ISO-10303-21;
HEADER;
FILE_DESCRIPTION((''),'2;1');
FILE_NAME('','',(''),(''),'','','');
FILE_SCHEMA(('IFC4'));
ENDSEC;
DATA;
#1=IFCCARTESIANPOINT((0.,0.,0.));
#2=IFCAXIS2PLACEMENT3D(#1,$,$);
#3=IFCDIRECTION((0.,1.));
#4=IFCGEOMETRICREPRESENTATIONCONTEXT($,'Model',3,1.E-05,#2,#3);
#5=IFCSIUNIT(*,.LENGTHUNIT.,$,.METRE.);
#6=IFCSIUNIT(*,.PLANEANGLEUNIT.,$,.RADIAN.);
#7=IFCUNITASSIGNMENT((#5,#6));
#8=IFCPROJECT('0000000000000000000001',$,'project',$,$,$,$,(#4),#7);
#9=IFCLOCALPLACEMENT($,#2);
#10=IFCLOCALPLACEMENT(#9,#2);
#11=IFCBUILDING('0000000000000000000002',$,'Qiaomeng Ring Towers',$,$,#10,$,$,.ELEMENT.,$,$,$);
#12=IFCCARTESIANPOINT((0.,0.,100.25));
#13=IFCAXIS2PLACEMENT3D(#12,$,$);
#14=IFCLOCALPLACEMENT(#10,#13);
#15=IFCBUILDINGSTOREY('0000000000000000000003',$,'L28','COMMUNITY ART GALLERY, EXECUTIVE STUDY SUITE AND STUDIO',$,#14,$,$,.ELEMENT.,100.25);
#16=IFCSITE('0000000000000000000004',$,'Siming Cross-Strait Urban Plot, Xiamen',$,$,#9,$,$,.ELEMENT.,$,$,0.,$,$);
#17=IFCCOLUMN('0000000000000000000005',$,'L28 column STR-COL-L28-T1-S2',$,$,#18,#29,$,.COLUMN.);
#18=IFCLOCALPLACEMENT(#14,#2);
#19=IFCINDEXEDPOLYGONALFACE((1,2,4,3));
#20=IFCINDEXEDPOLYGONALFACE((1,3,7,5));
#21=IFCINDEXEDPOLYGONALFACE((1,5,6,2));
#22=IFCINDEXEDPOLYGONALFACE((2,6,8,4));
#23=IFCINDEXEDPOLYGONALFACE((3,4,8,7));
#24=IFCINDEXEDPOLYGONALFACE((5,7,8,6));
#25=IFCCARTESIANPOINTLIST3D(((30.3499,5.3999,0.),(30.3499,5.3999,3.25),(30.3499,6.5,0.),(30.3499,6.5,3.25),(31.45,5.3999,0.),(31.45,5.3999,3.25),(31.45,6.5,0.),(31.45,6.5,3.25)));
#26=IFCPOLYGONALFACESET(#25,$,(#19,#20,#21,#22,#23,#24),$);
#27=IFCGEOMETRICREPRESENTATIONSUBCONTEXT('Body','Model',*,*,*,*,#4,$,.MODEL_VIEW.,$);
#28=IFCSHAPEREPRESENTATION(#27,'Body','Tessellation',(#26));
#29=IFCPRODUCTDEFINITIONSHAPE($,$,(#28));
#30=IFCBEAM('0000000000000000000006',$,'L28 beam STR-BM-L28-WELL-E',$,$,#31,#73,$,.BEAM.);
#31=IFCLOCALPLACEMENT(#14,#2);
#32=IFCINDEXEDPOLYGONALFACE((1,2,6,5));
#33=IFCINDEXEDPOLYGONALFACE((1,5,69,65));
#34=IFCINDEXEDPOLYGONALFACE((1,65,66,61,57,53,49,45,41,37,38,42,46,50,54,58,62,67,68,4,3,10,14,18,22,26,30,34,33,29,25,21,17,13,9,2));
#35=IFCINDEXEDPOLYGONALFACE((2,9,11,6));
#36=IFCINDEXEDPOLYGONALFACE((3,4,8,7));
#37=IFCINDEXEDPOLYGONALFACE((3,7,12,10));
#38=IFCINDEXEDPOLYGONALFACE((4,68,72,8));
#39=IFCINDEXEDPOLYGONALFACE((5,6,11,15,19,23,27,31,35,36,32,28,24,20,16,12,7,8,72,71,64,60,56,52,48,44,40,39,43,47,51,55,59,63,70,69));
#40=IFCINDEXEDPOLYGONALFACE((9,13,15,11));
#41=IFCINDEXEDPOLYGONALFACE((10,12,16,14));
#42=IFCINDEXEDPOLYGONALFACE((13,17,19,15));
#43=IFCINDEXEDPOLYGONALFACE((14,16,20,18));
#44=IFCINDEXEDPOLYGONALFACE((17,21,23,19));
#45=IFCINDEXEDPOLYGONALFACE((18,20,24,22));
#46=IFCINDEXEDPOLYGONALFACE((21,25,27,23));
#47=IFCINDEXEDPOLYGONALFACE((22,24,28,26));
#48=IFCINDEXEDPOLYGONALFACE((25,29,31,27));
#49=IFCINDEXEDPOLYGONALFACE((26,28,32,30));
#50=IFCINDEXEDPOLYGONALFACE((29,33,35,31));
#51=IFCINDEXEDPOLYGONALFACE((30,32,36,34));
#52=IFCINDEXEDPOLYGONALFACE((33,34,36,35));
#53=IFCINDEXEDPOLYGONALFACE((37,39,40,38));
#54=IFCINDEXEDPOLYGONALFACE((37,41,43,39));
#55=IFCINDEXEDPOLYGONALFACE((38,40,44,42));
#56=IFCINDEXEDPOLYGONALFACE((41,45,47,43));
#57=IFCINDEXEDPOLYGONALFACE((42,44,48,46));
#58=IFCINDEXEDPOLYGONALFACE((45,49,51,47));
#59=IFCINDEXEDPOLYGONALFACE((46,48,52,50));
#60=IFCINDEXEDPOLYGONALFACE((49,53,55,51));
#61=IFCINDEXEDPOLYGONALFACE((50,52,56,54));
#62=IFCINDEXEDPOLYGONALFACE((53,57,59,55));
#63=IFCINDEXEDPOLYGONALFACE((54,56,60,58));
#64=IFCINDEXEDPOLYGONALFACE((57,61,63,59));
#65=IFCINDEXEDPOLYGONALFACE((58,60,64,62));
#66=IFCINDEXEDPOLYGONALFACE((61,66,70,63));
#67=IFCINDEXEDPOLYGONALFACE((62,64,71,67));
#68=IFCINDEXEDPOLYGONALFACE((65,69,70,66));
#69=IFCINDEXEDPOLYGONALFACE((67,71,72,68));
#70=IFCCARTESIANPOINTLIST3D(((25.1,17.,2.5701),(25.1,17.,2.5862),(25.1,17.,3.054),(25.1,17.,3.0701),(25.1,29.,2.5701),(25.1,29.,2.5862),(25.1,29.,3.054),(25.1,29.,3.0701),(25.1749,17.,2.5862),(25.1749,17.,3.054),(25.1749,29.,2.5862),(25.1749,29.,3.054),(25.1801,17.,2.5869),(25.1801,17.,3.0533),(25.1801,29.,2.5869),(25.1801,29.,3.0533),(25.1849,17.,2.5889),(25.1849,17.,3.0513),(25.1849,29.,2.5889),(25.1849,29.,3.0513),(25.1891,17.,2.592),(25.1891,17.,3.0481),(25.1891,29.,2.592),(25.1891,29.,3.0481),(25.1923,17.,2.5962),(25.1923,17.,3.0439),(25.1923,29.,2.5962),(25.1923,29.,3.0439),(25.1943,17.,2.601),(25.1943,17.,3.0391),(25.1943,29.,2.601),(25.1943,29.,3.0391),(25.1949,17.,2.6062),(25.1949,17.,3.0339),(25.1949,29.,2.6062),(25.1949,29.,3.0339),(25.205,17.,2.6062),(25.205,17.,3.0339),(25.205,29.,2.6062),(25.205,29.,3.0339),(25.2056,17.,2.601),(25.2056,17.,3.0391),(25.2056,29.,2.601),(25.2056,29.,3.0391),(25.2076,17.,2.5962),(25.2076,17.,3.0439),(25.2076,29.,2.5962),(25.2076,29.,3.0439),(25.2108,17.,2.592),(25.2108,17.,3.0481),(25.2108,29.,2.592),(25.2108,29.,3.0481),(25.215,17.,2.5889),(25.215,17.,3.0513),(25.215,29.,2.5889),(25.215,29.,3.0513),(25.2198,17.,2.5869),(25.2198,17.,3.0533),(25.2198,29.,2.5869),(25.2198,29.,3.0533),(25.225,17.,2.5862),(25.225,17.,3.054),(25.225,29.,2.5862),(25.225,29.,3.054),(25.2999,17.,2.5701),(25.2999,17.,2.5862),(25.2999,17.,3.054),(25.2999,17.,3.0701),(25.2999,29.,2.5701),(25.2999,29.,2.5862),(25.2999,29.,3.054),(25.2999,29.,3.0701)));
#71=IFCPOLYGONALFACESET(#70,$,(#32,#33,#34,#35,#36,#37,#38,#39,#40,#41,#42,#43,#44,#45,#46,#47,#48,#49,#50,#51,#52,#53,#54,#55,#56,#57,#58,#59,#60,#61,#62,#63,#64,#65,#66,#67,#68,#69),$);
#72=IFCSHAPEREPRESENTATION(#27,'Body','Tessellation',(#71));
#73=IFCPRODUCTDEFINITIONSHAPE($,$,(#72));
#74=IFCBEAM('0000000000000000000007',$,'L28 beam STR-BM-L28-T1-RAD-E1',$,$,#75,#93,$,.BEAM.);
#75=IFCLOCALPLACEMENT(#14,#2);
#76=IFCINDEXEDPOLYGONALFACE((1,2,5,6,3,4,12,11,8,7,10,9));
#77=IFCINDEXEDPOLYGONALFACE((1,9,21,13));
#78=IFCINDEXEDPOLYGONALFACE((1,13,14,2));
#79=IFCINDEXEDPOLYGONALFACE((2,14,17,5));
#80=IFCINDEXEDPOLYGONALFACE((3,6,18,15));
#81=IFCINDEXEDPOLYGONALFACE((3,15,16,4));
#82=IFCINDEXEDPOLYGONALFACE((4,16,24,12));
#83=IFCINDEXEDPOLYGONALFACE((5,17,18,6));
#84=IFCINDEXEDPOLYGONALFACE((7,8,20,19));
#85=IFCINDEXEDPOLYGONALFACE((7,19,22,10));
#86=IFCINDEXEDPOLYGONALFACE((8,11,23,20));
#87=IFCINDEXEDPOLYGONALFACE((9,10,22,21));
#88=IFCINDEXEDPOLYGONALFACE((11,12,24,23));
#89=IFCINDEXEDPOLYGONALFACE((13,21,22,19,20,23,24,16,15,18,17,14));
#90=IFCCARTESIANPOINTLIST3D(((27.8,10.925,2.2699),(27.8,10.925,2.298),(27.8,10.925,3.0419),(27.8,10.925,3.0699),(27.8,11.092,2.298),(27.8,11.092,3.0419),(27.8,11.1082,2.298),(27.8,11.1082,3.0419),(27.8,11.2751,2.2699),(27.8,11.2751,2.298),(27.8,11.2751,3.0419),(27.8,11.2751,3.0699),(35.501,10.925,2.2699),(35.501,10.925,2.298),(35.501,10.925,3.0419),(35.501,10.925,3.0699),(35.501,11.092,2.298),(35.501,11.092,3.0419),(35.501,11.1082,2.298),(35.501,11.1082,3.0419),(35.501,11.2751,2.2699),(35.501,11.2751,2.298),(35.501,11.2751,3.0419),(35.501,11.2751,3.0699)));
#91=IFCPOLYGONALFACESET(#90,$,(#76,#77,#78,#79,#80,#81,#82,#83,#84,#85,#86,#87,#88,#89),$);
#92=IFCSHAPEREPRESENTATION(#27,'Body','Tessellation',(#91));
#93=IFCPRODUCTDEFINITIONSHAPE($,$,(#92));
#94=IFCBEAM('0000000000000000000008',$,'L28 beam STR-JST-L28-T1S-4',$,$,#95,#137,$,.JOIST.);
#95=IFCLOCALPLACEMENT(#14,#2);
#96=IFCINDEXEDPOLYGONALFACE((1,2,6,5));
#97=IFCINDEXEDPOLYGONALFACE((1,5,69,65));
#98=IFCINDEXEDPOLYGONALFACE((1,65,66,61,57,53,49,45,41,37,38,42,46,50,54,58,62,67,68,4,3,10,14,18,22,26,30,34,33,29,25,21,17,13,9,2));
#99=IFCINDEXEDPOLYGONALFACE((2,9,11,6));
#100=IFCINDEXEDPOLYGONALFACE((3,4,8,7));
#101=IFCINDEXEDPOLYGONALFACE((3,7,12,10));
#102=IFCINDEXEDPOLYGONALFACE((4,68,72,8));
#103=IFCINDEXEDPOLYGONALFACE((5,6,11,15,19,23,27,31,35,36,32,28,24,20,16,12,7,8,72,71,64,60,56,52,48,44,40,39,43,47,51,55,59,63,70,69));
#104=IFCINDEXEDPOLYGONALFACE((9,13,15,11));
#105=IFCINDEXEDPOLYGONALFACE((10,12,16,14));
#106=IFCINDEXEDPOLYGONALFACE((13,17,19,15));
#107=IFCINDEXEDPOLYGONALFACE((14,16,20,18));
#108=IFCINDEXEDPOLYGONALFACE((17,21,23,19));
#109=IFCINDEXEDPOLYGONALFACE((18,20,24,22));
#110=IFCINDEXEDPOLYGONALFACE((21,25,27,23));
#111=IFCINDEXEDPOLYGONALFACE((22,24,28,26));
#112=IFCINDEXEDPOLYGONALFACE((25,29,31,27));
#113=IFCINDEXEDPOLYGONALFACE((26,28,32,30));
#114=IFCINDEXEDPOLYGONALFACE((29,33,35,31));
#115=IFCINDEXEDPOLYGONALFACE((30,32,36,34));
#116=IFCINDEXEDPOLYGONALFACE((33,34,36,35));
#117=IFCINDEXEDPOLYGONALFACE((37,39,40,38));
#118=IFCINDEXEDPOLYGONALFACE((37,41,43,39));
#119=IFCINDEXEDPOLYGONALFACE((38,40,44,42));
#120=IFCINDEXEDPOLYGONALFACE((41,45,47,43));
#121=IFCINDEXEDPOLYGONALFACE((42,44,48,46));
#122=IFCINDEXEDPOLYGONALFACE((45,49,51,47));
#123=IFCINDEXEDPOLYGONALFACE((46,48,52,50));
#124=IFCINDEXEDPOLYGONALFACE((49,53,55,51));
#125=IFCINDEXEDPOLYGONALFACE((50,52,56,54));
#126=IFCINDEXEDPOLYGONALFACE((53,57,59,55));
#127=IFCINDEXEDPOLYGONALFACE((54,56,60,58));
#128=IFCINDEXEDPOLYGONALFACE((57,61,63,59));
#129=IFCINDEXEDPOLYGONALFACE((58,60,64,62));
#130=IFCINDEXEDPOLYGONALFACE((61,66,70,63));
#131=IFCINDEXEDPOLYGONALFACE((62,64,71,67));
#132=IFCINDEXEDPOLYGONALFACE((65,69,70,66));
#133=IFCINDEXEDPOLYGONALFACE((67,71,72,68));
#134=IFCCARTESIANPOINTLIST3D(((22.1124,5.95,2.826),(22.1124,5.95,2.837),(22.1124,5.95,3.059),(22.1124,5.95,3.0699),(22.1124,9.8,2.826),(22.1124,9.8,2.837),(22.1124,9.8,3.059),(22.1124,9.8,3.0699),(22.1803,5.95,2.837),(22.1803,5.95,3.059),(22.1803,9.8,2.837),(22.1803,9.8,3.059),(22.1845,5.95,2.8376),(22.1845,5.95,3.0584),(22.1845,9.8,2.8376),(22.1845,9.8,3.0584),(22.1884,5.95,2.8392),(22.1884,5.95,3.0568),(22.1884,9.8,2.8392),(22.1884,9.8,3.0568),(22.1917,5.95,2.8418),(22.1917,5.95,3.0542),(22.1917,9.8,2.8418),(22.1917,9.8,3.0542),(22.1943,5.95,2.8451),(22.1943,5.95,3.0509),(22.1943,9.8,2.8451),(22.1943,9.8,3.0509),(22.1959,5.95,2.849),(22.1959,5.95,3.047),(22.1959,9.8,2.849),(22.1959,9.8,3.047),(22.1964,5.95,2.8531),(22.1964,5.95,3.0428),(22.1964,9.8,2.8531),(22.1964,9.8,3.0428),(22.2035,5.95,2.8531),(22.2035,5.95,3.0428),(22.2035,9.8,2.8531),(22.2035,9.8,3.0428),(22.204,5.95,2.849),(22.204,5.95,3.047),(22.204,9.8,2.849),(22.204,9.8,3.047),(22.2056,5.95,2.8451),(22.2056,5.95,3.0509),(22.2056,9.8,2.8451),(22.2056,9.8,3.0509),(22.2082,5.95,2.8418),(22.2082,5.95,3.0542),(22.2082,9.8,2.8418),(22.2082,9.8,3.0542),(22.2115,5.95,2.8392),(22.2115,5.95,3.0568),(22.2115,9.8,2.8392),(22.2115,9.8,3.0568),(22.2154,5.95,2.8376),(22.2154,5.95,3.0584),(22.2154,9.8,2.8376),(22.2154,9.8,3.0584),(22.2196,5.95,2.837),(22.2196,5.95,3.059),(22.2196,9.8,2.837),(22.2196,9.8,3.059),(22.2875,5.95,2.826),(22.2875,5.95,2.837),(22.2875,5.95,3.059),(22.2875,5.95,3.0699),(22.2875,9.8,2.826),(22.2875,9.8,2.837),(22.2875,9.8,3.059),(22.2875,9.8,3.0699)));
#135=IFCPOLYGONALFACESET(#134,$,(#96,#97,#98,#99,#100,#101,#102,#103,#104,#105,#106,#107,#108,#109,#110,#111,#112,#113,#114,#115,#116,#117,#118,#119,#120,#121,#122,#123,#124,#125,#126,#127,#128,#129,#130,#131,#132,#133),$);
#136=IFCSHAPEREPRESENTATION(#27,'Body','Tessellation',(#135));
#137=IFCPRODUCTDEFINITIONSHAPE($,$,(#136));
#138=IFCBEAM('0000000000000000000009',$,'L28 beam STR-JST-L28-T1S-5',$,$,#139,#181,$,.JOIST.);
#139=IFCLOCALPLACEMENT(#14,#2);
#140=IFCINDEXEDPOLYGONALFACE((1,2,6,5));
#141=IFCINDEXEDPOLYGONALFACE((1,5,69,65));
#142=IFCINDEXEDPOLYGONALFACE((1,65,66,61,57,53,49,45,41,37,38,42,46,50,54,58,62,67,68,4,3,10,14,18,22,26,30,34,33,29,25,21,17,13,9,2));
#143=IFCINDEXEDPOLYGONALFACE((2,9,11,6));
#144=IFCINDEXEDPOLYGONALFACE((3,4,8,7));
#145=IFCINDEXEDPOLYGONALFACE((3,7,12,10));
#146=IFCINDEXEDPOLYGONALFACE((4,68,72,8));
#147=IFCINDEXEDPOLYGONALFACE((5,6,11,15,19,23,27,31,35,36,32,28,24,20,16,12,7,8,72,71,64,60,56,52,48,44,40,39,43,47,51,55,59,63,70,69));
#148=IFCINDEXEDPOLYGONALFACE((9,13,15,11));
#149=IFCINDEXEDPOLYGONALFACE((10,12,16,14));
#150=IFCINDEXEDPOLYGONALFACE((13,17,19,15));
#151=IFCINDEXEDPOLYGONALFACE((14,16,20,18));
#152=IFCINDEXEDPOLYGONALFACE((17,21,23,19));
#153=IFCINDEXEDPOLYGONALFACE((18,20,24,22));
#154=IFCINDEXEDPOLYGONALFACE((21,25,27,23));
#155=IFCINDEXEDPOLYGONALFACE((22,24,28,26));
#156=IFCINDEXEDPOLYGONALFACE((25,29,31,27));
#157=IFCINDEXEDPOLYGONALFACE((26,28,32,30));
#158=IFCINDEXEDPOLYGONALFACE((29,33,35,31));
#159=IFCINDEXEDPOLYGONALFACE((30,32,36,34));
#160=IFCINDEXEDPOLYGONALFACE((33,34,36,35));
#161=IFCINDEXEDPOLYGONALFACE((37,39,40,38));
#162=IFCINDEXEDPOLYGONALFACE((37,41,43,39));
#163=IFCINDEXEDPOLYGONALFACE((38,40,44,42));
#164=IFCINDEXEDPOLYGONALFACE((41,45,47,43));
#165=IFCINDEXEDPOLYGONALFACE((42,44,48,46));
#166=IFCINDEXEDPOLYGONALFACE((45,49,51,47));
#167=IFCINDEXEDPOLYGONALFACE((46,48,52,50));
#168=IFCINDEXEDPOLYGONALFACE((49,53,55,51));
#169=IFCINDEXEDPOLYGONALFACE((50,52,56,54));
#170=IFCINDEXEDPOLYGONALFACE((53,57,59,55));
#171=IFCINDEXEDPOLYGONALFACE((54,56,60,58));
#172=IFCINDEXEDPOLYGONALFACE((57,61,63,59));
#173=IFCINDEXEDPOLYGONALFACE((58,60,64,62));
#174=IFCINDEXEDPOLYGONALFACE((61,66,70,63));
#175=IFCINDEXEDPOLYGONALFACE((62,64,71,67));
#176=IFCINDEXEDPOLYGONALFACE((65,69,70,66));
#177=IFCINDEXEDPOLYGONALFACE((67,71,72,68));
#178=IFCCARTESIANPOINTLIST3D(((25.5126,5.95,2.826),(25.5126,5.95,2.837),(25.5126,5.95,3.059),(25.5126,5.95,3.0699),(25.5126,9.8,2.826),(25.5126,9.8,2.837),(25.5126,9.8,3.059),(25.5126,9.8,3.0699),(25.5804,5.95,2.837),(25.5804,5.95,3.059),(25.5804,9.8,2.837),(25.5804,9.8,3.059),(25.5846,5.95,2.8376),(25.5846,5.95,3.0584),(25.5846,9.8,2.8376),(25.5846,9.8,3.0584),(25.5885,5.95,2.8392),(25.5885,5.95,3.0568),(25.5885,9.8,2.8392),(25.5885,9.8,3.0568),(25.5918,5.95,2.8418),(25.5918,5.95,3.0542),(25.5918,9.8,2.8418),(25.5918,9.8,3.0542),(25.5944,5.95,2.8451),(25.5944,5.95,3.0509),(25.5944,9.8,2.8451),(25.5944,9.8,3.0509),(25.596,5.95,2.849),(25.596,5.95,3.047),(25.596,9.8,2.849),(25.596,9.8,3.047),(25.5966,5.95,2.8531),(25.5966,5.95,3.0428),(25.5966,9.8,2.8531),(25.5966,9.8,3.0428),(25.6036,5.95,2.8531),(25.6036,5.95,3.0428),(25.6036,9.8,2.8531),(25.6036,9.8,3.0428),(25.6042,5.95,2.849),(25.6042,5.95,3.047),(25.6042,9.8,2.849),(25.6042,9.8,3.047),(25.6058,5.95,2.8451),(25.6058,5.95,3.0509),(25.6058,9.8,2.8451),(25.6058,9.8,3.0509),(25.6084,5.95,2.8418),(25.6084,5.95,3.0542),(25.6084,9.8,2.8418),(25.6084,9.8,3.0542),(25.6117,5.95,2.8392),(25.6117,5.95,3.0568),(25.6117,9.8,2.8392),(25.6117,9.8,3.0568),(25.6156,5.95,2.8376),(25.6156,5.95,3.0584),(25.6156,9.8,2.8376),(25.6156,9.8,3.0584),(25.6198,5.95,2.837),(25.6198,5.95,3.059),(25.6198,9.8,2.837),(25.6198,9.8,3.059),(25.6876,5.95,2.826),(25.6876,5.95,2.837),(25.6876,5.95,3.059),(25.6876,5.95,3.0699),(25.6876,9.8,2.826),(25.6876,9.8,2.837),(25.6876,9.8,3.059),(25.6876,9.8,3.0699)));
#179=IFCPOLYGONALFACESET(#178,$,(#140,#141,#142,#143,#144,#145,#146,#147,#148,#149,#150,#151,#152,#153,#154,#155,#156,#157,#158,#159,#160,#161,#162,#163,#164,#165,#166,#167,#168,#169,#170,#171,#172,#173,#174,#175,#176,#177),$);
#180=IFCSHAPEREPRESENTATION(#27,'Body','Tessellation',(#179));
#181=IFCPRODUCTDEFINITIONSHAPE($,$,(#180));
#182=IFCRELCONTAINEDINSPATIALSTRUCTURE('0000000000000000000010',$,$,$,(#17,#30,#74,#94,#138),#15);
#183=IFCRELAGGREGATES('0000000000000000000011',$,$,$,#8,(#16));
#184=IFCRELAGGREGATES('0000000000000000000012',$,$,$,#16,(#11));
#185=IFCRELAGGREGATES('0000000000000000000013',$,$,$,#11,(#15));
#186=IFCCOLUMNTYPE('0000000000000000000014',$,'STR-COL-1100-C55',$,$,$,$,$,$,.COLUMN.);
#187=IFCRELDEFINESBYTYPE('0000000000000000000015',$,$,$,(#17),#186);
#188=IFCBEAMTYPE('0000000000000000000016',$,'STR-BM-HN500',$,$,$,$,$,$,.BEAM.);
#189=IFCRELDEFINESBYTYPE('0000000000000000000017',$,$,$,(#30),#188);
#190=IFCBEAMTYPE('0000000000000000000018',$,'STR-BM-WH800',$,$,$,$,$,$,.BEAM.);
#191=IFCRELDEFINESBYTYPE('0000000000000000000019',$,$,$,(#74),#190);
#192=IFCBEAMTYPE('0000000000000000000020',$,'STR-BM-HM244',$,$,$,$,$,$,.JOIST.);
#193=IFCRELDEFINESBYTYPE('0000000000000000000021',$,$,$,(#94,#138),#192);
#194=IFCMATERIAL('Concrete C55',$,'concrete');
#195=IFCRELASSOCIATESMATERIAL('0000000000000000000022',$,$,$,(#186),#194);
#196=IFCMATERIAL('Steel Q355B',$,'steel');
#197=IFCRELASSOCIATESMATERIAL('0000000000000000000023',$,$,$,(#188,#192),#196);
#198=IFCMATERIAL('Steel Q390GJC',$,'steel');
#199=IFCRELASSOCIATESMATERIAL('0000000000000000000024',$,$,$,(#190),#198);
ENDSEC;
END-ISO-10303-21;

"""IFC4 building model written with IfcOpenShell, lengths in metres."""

from ifc_helpers import new_model, si_unit, direction, frame, origin, origin_2d, place, context, subcontext, project, spatial, rectangle, i_section, extrude, source, transform, mapped, material, material_profile, profile_set, type_object, element, save


model = new_model("IFC4")

# Units and contexts
model_context = context("Model", 3, precision=1e-05, world=origin(), true_north=direction((0.0, 1.0)))
body_context = subcontext(model_context, "Body", "Model", "MODEL_VIEW")
ifc_project = project(units=[si_unit("LENGTHUNIT", "METRE"), si_unit("PLANEANGLEUNIT", "RADIAN")], contexts=[model_context])

# Site, building, storey
site_placement = place(None, origin())
site = spatial("IfcSite", under=ifc_project, at=site_placement, Name="Siming Cross-Strait Urban Plot, Xiamen", CompositionType="ELEMENT", RefElevation=0.0)
building_placement = place(site_placement, origin())
building = spatial("IfcBuilding", under=site, at=building_placement, Name="Qiaomeng Ring Towers", CompositionType="ELEMENT")
storey_placement = place(building_placement, frame((0.0, 0.0, 100.25)))
storey = spatial("IfcBuildingStorey", under=building, at=storey_placement, Name="L28", Description="COMMUNITY ART GALLERY, EXECUTIVE STUDY SUITE AND STUDIO", CompositionType="ELEMENT", Elevation=100.25)

# Column
ifc_material_1 = material(Name="Concrete C55", Category="concrete")
ifc_material_profile_1 = material_profile(ifc_material_1, rectangle(XDim=1.1001, YDim=1.1001, at=origin_2d()), Name="RC COL 1100x1100")
ifc_profile_set_1 = profile_set([ifc_material_profile_1], Name="Concrete C55")
column_type = type_object("IfcColumnType", Name="STR-COL-1100-C55", PredefinedType="COLUMN", material=ifc_profile_set_1)
shared_shape_1 = source(origin(), body_context, "Body", "SweptSolid", [
    extrude(rectangle(XDim=1.1001, YDim=1.1001, at=origin_2d()), origin(), (0.0, 0.0, 1.0), 3.25),
])
column_placement = place(storey_placement, frame((30.8999, 5.95, 0.0), z_axis=(0.0, 0.0, 1.0), x_axis=(1.0, 0.0, 0.0)))
element("IfcColumn", 1, at=column_placement, inside=storey, type_object=column_type, Name="L28 column STR-COL-L28-T1-S2", PredefinedType="COLUMN", context=body_context, shape_type="MappedRepresentation", body=[
    mapped(shared_shape_1, transform((0.0, 0.0, 0.0), x_axis=(1.0, 0.0, 0.0), y_axis=(0.0, 1.0, 0.0), z_axis=(0.0, 0.0, 1.0), scale=1.0)),
])

# Beams
ifc_material_2 = material(Name="Steel Q355B", Category="steel")
ifc_material_profile_2 = material_profile(ifc_material_2, i_section(OverallWidth=0.2, OverallDepth=0.5, WebThickness=0.01, FlangeThickness=0.0161, FilletRadius=0.02, at=origin_2d()), Name="HN 500x200x10x16")
ifc_profile_set_2 = profile_set([ifc_material_profile_2], Name="Steel Q355B")
beam_type_1 = type_object("IfcBeamType", Name="STR-BM-HN500", PredefinedType="BEAM", material=ifc_profile_set_2)
shared_shape_2 = source(origin(), body_context, "Body", "SweptSolid", [
    extrude(i_section(OverallWidth=0.2, OverallDepth=0.5, WebThickness=0.01, FlangeThickness=0.0161, FilletRadius=0.02, at=origin_2d()), origin(), (0.0, 0.0, 1.0), 12.0),
])
beam_1_placement = place(storey_placement, frame((25.2, 17.0, 2.8201), z_axis=(0.0, 1.0, 0.0), x_axis=(-1.0, 0.0, 0.0)))
element("IfcBeam", 2, at=beam_1_placement, inside=storey, type_object=beam_type_1, Name="L28 beam STR-BM-L28-WELL-E", PredefinedType="BEAM", context=body_context, shape_type="MappedRepresentation", body=[
    mapped(shared_shape_2, transform((0.0, 0.0, 0.0), x_axis=(1.0, 0.0, 0.0), y_axis=(0.0, 1.0, 0.0), z_axis=(0.0, 0.0, 1.0), scale=1.0)),
])
ifc_material_3 = material(Name="Steel Q390GJC", Category="steel")
ifc_material_profile_3 = material_profile(ifc_material_3, i_section(OverallWidth=0.3501, OverallDepth=0.8, WebThickness=0.0161, FlangeThickness=0.0281, at=origin_2d()), Name="WH 800x350x16x28")
ifc_profile_set_3 = profile_set([ifc_material_profile_3], Name="Steel Q390GJC")
beam_type_2 = type_object("IfcBeamType", Name="STR-BM-WH800", PredefinedType="BEAM", material=ifc_profile_set_3)
shared_shape_3 = source(origin(), body_context, "Body", "SweptSolid", [
    extrude(i_section(OverallWidth=0.3501, OverallDepth=0.8, WebThickness=0.0161, FlangeThickness=0.0281, at=origin_2d()), origin(), (0.0, 0.0, 1.0), 7.7009),
])
beam_2_placement = place(storey_placement, frame((27.8, 11.1001, 2.6699), z_axis=(1.0, 0.0, 0.0), x_axis=(0.0, 1.0, 0.0)))
element("IfcBeam", 3, at=beam_2_placement, inside=storey, type_object=beam_type_2, Name="L28 beam STR-BM-L28-T1-RAD-E1", PredefinedType="BEAM", context=body_context, shape_type="MappedRepresentation", body=[
    mapped(shared_shape_3, transform((0.0, 0.0, 0.0), x_axis=(1.0, 0.0, 0.0), y_axis=(0.0, 1.0, 0.0), z_axis=(0.0, 0.0, 1.0), scale=1.0)),
])
ifc_material_profile_4 = material_profile(ifc_material_2, i_section(OverallWidth=0.175, OverallDepth=0.2439, WebThickness=0.0071, FlangeThickness=0.011, FilletRadius=0.0161, at=origin_2d()), Name="HM 244x175x7x11")
ifc_profile_set_4 = profile_set([ifc_material_profile_4], Name="Steel Q355B")
beam_type_3 = type_object("IfcBeamType", Name="STR-BM-HM244", PredefinedType="JOIST", material=ifc_profile_set_4)
shared_shape_4 = source(origin(), body_context, "Body", "SweptSolid", [
    extrude(i_section(OverallWidth=0.175, OverallDepth=0.2439, WebThickness=0.0071, FlangeThickness=0.011, FilletRadius=0.0161, at=origin_2d()), origin(), (0.0, 0.0, 1.0), 3.8501),
])
for number, where, z_axis, x_axis, name in (
    (4, (22.2, 5.95, 2.948), (0.0, 1.0, 0.0), (-1.0, 0.0, 0.0), "L28 beam STR-JST-L28-T1S-4"),
    (5, (25.6001, 5.95, 2.948), (0.0, 1.0, 0.0), (-1.0, 0.0, 0.0), "L28 beam STR-JST-L28-T1S-5"),
):
    element("IfcBeam", number, at=place(storey_placement, frame(where, z_axis=z_axis, x_axis=x_axis)), inside=storey, type_object=beam_type_3, Name=name, PredefinedType="JOIST", context=body_context, shape_type="MappedRepresentation", body=[
        mapped(shared_shape_4, transform((0.0, 0.0, 0.0), x_axis=(1.0, 0.0, 0.0), y_axis=(0.0, 1.0, 0.0), z_axis=(0.0, 0.0, 1.0), scale=1.0)),
    ])

save(model, "model.ifc")
